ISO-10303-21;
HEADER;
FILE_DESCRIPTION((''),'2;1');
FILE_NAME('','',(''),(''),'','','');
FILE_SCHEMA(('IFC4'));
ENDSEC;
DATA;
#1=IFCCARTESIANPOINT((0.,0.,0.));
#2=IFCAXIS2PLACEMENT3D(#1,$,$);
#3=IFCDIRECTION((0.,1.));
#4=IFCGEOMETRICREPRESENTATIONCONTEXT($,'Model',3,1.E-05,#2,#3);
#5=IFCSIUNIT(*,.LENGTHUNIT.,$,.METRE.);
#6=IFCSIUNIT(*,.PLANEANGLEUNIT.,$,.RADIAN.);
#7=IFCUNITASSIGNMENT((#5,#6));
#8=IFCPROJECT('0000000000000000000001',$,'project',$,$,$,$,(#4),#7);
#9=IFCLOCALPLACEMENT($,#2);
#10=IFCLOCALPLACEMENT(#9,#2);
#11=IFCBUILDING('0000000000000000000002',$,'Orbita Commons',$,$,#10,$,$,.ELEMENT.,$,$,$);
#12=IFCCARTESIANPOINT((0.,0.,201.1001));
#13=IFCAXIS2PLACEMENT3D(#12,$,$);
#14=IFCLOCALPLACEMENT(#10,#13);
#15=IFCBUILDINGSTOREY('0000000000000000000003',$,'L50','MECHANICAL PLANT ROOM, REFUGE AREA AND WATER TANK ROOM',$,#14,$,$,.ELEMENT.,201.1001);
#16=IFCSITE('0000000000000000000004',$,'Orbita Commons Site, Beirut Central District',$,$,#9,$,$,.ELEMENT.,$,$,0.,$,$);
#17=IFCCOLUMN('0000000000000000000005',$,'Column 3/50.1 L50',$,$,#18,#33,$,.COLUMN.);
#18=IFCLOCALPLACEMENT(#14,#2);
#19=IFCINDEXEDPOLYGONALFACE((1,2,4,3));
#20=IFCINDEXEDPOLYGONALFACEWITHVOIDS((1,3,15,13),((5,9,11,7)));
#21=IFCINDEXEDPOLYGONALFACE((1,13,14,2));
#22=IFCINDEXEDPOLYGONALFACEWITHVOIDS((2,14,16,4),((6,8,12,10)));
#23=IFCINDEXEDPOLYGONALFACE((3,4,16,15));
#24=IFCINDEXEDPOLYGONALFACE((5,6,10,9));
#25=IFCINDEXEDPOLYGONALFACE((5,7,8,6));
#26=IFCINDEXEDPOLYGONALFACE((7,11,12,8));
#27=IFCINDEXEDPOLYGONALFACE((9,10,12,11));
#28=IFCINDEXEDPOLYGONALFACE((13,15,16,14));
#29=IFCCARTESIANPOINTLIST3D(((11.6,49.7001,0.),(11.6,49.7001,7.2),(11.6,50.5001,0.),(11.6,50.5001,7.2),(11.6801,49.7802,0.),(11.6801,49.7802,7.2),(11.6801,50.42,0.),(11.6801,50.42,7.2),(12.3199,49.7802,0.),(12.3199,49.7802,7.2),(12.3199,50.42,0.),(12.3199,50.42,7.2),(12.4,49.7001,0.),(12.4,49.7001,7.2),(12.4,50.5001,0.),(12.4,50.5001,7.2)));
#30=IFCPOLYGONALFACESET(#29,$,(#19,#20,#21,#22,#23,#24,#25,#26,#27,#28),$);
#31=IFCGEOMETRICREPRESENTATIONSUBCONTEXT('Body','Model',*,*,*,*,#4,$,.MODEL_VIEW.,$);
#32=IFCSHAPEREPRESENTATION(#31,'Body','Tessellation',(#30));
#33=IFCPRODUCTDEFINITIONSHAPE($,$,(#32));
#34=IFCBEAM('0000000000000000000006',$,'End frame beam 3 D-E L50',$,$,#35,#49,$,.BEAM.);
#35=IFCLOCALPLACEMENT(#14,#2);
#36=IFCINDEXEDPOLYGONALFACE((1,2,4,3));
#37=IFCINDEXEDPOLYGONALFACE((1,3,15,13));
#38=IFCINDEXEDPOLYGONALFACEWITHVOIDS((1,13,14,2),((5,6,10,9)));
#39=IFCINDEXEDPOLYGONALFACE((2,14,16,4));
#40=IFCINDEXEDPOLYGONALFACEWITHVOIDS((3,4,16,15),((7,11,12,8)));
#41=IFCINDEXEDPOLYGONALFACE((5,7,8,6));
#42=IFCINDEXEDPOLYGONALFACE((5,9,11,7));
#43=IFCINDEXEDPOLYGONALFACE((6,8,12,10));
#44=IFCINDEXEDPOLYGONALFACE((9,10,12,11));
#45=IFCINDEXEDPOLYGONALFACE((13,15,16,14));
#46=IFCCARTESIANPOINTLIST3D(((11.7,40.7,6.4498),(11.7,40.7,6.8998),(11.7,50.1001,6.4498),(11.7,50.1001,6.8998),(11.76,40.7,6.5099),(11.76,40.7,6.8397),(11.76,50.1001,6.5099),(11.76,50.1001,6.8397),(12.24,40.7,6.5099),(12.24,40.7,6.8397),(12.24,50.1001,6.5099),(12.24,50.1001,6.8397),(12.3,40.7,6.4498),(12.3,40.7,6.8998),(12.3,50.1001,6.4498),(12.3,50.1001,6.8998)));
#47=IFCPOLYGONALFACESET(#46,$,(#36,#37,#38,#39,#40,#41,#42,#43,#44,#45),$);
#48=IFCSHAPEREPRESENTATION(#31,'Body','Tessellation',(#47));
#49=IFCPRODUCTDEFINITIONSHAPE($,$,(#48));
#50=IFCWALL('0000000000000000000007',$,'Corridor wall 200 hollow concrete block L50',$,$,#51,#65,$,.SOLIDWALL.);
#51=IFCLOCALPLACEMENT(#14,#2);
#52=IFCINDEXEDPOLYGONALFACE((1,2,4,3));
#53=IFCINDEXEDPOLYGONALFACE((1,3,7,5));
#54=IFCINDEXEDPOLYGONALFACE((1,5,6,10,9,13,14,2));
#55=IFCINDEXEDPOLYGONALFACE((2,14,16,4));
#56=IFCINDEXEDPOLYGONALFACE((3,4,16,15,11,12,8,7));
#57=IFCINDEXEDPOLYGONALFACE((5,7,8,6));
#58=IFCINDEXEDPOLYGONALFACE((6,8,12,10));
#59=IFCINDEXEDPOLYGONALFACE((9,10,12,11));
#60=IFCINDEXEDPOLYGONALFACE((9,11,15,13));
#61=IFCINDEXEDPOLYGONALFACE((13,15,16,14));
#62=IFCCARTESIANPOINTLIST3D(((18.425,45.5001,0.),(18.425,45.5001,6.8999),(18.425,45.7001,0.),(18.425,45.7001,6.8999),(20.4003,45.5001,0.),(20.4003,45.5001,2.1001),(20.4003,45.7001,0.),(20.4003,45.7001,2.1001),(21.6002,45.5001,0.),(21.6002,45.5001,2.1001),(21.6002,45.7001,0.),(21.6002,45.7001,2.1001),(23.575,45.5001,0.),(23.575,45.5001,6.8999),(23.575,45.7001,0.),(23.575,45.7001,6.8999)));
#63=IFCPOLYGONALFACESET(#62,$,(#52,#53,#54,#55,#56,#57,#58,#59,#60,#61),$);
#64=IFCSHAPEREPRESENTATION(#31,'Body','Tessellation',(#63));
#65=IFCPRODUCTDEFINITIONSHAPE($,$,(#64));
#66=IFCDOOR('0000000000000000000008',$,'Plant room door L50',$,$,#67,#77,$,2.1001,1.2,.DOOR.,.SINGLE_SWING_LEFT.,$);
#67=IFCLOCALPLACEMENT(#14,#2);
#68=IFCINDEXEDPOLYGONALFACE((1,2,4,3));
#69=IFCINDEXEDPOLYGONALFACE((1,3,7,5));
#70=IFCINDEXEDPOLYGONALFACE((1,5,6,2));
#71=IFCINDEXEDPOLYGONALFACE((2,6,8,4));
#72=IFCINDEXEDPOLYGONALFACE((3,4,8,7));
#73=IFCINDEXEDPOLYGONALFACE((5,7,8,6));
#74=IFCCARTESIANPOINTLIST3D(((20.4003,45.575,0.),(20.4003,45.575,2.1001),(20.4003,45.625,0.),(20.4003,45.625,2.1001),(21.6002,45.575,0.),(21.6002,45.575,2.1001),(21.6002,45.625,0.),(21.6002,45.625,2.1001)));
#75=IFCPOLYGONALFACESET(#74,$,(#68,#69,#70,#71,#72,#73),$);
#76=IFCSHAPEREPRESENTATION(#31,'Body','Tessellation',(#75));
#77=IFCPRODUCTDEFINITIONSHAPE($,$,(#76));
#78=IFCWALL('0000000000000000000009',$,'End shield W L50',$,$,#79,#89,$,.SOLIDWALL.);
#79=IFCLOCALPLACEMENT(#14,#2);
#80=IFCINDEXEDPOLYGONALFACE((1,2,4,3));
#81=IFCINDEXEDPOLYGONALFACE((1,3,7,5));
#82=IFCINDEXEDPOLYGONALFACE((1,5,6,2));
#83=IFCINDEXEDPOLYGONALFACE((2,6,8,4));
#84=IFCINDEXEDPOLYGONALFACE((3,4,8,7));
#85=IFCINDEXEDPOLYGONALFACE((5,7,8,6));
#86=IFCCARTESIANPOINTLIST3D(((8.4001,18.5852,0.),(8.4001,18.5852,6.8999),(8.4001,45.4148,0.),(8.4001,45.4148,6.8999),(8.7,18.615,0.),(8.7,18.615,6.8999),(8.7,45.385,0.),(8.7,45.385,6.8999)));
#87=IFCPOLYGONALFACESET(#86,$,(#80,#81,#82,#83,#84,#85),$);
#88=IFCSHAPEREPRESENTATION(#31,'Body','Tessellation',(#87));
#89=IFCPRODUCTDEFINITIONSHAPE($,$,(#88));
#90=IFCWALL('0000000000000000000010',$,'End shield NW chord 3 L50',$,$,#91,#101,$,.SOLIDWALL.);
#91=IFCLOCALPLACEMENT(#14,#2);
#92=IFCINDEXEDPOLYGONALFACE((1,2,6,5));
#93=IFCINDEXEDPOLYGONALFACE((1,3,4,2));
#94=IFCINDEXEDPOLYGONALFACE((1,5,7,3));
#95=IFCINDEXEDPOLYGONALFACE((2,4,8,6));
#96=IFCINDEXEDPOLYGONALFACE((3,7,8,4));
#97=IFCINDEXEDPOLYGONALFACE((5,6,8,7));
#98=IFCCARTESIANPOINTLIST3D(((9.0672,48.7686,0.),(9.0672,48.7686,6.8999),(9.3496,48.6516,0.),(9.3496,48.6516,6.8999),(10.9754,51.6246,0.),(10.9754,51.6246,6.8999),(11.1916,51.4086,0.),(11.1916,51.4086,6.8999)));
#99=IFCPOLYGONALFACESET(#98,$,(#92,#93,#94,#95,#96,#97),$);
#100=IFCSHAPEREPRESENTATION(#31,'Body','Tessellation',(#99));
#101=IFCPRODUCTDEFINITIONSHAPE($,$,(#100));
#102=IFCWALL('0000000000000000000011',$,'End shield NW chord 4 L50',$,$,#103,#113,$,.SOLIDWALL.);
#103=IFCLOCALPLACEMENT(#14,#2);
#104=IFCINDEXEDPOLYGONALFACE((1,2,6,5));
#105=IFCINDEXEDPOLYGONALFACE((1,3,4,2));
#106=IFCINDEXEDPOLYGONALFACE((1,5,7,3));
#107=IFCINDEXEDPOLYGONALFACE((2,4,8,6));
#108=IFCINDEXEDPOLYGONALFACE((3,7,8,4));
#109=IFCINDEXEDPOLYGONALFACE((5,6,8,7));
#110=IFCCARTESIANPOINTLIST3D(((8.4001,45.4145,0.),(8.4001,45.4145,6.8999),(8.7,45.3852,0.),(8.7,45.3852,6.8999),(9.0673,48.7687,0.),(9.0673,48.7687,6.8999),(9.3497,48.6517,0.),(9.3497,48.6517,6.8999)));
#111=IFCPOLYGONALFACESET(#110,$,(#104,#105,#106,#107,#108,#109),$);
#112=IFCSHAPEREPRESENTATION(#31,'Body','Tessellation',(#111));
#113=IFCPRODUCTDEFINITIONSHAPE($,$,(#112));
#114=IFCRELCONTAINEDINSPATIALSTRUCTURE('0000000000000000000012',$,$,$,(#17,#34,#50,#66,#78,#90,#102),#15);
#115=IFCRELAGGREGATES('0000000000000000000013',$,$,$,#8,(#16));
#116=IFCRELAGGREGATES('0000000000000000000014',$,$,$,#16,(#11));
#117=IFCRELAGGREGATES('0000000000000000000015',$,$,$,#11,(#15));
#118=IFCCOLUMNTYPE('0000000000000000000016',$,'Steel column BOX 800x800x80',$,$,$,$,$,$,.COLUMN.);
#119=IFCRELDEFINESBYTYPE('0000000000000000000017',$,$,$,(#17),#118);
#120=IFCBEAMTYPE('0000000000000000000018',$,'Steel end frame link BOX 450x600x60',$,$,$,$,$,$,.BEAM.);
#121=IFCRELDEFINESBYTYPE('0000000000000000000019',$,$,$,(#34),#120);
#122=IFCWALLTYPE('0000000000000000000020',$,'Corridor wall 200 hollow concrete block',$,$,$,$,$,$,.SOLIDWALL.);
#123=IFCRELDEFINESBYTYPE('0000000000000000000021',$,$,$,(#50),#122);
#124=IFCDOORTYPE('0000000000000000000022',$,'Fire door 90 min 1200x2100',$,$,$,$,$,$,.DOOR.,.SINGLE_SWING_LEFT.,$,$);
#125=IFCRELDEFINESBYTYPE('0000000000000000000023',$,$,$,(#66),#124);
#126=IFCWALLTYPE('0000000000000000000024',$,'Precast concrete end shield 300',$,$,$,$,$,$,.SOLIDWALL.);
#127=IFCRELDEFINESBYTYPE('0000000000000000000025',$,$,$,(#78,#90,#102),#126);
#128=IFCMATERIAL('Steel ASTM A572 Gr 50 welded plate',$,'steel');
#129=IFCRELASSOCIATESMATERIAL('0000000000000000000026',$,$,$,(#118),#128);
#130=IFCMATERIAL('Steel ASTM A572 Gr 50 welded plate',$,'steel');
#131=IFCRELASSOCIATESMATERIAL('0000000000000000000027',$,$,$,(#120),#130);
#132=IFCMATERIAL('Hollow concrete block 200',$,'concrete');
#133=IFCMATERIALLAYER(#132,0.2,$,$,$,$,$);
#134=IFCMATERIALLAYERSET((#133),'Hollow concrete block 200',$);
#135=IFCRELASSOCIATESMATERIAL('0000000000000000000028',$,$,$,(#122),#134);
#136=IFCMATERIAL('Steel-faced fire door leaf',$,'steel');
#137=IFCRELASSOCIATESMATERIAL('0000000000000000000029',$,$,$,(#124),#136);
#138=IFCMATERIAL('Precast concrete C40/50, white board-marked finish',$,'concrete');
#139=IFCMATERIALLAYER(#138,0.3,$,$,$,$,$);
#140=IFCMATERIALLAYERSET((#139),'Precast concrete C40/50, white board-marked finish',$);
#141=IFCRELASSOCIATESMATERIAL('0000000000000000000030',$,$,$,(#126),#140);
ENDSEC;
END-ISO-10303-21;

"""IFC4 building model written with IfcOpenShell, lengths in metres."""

from ifc_helpers import new_model, si_unit, direction, frame, frame_2d, origin, origin_2d, place, context, subcontext, project, spatial, polyline, rectangle, hollow_rectangle, outline, extrude, material, layer, layer_set, material_profile, profile_set, type_object, element, fill, save


model = new_model("IFC4")

# Units and contexts
model_context = context("Model", 3, precision=1e-05, world=origin(), true_north=direction((0.0, 1.0)))
body_context = subcontext(model_context, "Body", "Model", "MODEL_VIEW")
ifc_project = project(units=[si_unit("LENGTHUNIT", "METRE"), si_unit("PLANEANGLEUNIT", "RADIAN")], contexts=[model_context])

# Site, building, storey
site_placement = place(None, origin())
site = spatial("IfcSite", under=ifc_project, at=site_placement, Name="Orbita Commons Site, Beirut Central District", CompositionType="ELEMENT", RefElevation=0.0)
building_placement = place(site_placement, origin())
building = spatial("IfcBuilding", under=site, at=building_placement, Name="Orbita Commons", CompositionType="ELEMENT")
storey_placement = place(building_placement, frame((0.0, 0.0, 201.1001)))
storey = spatial("IfcBuildingStorey", under=building, at=storey_placement, Name="L50", Description="MECHANICAL PLANT ROOM, REFUGE AREA AND WATER TANK ROOM", CompositionType="ELEMENT", Elevation=201.1001)

# Column
ifc_material_1 = material(Name="Steel ASTM A572 Gr 50 welded plate", Category="steel")
ifc_material_profile_1 = material_profile(ifc_material_1, hollow_rectangle(XDim=0.8, YDim=0.8, WallThickness=0.0801, at=origin_2d()), Name="BOX 800x800x80")
ifc_profile_set_1 = profile_set([ifc_material_profile_1], Name="Steel ASTM A572 Gr 50 welded plate")
column_type = type_object("IfcColumnType", Name="Steel column BOX 800x800x80", PredefinedType="COLUMN", material=ifc_profile_set_1)
column_placement = place(storey_placement, frame((12.0, 50.1001, 0.0), z_axis=(0.0, 0.0, 1.0), x_axis=(1.0, 0.0, 0.0)))
element("IfcColumn", 1, at=column_placement, inside=storey, type_object=column_type, Name="Column 3/50.1 L50", PredefinedType="COLUMN", context=body_context, shape_type="SweptSolid", body=[
    extrude(hollow_rectangle(XDim=0.8, YDim=0.8, WallThickness=0.0801, at=origin_2d()), origin(), (0.0, 0.0, 1.0), 7.2),
])

# Beam
ifc_material_2 = material(Name="Steel ASTM A572 Gr 50 welded plate", Category="steel")
ifc_material_profile_2 = material_profile(ifc_material_2, hollow_rectangle(XDim=0.6001, YDim=0.45, WallThickness=0.0601, at=origin_2d()), Name="BOX 450x600x60")
ifc_profile_set_2 = profile_set([ifc_material_profile_2], Name="Steel ASTM A572 Gr 50 welded plate")
beam_type = type_object("IfcBeamType", Name="Steel end frame link BOX 450x600x60", PredefinedType="BEAM", material=ifc_profile_set_2)
beam_placement = place(storey_placement, frame((12.0, 40.7, 6.6748), z_axis=(0.0, 1.0, 0.0), x_axis=(-1.0, 0.0, 0.0)))
element("IfcBeam", 2, at=beam_placement, inside=storey, type_object=beam_type, Name="End frame beam 3 D-E L50", PredefinedType="BEAM", context=body_context, shape_type="SweptSolid", body=[
    extrude(hollow_rectangle(XDim=0.6001, YDim=0.45, WallThickness=0.0601, at=origin_2d()), origin(), (0.0, 0.0, 1.0), 9.4001),
])

# Wall, opening, door
ifc_material_3 = material(Name="Hollow concrete block 200", Category="concrete")
ifc_layer_1 = layer(ifc_material_3, 0.2)
ifc_layer_set_1 = layer_set([ifc_layer_1], Name="Hollow concrete block 200")
wall_type_1 = type_object("IfcWallType", Name="Corridor wall 200 hollow concrete block", PredefinedType="SOLIDWALL", material=ifc_layer_set_1)
ifc_material_4 = material(Name="Steel-faced fire door leaf", Category="steel")
door_type = type_object("IfcDoorType", Name="Fire door 90 min 1200x2100", OperationType="SINGLE_SWING_LEFT", PredefinedType="DOOR", material=ifc_material_4)
wall_1_placement = place(storey_placement, frame((18.425, 45.6001, 0.0), z_axis=(0.0, 0.0, 1.0), x_axis=(1.0, 0.0, 0.0)))
wall_1 = element("IfcWall", 3, at=wall_1_placement, inside=storey, type_object=wall_type_1, Name="Corridor wall 200 hollow concrete block L50", PredefinedType="SOLIDWALL", context=body_context, shape_type="SweptSolid", body=[
    extrude(rectangle(XDim=5.1499, YDim=0.2, at=frame_2d((2.575, 0.0))), origin(), (0.0, 0.0, 1.0), 6.8999),
])
opening_1_placement = place(wall_1_placement, frame((1.9751, 0.0, 0.0)))
opening_1 = element("IfcOpeningElement", 4, at=opening_1_placement, cuts=wall_1, PredefinedType="OPENING", context=body_context, shape_type="SweptSolid", body=[
    extrude(rectangle(XDim=1.2, YDim=2.1001, at=frame_2d((0.6001, 1.05))), frame((0.0, 0.1099, 0.0), z_axis=(0.0, -1.0, 0.0), x_axis=(1.0, 0.0, 0.0)), (0.0, 0.0, 1.0), 0.22),
])
door_1_placement = place(opening_1_placement, origin())
door_1 = element("IfcDoor", 5, at=door_1_placement, inside=storey, type_object=door_type, Name="Plant room door L50", OperationType="SINGLE_SWING_LEFT", OverallHeight=2.1001, OverallWidth=1.2, PredefinedType="DOOR", context=body_context, shape_type="SweptSolid", body=[
    extrude(rectangle(XDim=1.2, YDim=2.1001, at=frame_2d((0.6001, 1.05))), frame((0.0, 0.0249, 0.0), z_axis=(0.0, -1.0, 0.0), x_axis=(1.0, 0.0, 0.0)), (0.0, 0.0, 1.0), 0.05),
])
fill(opening_1, door_1)

# Walls
ifc_material_5 = material(Name="Precast concrete C40/50, white board-marked finish", Category="concrete")
ifc_layer_2 = layer(ifc_material_5, 0.3)
ifc_layer_set_2 = layer_set([ifc_layer_2], Name="Precast concrete C40/50, white board-marked finish")
wall_type_2 = type_object("IfcWallType", Name="Precast concrete end shield 300", PredefinedType="SOLIDWALL", material=ifc_layer_set_2)
wall_2_placement = place(storey_placement, frame((8.55, 45.3999, 0.0), z_axis=(0.0, 0.0, 1.0), x_axis=(0.0, -1.0, 0.0)))
element("IfcWall", 6, at=wall_2_placement, inside=storey, type_object=wall_type_2, Name="End shield W L50", PredefinedType="SOLIDWALL", context=body_context, shape_type="SweptSolid", body=[
    extrude(outline(polyline([(-0.0149, -0.1499), (26.8147, -0.1499), (26.7849, 0.1499), (0.0149, 0.1499), (-0.0149, -0.1499)])), origin(), (0.0, 0.0, 1.0), 6.8999),
])
wall_3_placement = place(storey_placement, frame((11.0835, 51.5166, 0.0), z_axis=(0.0, 0.0, 1.0), x_axis=(-0.555535, -0.831493, 0.0)))
element("IfcWall", 7, at=wall_3_placement, inside=storey, type_object=wall_type_2, Name="End shield NW chord 3 L50", PredefinedType="SOLIDWALL", context=body_context, shape_type="SweptSolid", body=[
    extrude(outline(polyline([(-0.0298, -0.1499), (3.405, -0.1499), (3.3455, 0.1499), (0.0298, 0.1499), (-0.0298, -0.1499)])), origin(), (0.0, 0.0, 1.0), 6.8999),
])
wall_4_placement = place(storey_placement, frame((9.2085, 48.7102, 0.0), z_axis=(0.0, 0.0, 1.0), x_axis=(-0.195087, -0.980786, 0.0)))
element("IfcWall", 8, at=wall_4_placement, inside=storey, type_object=wall_type_2, Name="End shield NW chord 4 L50", PredefinedType="SOLIDWALL", context=body_context, shape_type="SweptSolid", body=[
    extrude(outline(polyline([(-0.0298, -0.1499), (3.3901, -0.1499), (3.3604, 0.1499), (0.0298, 0.1499), (-0.0298, -0.1499)])), origin(), (0.0, 0.0, 1.0), 6.8999),
])

save(model, "model.ifc")
